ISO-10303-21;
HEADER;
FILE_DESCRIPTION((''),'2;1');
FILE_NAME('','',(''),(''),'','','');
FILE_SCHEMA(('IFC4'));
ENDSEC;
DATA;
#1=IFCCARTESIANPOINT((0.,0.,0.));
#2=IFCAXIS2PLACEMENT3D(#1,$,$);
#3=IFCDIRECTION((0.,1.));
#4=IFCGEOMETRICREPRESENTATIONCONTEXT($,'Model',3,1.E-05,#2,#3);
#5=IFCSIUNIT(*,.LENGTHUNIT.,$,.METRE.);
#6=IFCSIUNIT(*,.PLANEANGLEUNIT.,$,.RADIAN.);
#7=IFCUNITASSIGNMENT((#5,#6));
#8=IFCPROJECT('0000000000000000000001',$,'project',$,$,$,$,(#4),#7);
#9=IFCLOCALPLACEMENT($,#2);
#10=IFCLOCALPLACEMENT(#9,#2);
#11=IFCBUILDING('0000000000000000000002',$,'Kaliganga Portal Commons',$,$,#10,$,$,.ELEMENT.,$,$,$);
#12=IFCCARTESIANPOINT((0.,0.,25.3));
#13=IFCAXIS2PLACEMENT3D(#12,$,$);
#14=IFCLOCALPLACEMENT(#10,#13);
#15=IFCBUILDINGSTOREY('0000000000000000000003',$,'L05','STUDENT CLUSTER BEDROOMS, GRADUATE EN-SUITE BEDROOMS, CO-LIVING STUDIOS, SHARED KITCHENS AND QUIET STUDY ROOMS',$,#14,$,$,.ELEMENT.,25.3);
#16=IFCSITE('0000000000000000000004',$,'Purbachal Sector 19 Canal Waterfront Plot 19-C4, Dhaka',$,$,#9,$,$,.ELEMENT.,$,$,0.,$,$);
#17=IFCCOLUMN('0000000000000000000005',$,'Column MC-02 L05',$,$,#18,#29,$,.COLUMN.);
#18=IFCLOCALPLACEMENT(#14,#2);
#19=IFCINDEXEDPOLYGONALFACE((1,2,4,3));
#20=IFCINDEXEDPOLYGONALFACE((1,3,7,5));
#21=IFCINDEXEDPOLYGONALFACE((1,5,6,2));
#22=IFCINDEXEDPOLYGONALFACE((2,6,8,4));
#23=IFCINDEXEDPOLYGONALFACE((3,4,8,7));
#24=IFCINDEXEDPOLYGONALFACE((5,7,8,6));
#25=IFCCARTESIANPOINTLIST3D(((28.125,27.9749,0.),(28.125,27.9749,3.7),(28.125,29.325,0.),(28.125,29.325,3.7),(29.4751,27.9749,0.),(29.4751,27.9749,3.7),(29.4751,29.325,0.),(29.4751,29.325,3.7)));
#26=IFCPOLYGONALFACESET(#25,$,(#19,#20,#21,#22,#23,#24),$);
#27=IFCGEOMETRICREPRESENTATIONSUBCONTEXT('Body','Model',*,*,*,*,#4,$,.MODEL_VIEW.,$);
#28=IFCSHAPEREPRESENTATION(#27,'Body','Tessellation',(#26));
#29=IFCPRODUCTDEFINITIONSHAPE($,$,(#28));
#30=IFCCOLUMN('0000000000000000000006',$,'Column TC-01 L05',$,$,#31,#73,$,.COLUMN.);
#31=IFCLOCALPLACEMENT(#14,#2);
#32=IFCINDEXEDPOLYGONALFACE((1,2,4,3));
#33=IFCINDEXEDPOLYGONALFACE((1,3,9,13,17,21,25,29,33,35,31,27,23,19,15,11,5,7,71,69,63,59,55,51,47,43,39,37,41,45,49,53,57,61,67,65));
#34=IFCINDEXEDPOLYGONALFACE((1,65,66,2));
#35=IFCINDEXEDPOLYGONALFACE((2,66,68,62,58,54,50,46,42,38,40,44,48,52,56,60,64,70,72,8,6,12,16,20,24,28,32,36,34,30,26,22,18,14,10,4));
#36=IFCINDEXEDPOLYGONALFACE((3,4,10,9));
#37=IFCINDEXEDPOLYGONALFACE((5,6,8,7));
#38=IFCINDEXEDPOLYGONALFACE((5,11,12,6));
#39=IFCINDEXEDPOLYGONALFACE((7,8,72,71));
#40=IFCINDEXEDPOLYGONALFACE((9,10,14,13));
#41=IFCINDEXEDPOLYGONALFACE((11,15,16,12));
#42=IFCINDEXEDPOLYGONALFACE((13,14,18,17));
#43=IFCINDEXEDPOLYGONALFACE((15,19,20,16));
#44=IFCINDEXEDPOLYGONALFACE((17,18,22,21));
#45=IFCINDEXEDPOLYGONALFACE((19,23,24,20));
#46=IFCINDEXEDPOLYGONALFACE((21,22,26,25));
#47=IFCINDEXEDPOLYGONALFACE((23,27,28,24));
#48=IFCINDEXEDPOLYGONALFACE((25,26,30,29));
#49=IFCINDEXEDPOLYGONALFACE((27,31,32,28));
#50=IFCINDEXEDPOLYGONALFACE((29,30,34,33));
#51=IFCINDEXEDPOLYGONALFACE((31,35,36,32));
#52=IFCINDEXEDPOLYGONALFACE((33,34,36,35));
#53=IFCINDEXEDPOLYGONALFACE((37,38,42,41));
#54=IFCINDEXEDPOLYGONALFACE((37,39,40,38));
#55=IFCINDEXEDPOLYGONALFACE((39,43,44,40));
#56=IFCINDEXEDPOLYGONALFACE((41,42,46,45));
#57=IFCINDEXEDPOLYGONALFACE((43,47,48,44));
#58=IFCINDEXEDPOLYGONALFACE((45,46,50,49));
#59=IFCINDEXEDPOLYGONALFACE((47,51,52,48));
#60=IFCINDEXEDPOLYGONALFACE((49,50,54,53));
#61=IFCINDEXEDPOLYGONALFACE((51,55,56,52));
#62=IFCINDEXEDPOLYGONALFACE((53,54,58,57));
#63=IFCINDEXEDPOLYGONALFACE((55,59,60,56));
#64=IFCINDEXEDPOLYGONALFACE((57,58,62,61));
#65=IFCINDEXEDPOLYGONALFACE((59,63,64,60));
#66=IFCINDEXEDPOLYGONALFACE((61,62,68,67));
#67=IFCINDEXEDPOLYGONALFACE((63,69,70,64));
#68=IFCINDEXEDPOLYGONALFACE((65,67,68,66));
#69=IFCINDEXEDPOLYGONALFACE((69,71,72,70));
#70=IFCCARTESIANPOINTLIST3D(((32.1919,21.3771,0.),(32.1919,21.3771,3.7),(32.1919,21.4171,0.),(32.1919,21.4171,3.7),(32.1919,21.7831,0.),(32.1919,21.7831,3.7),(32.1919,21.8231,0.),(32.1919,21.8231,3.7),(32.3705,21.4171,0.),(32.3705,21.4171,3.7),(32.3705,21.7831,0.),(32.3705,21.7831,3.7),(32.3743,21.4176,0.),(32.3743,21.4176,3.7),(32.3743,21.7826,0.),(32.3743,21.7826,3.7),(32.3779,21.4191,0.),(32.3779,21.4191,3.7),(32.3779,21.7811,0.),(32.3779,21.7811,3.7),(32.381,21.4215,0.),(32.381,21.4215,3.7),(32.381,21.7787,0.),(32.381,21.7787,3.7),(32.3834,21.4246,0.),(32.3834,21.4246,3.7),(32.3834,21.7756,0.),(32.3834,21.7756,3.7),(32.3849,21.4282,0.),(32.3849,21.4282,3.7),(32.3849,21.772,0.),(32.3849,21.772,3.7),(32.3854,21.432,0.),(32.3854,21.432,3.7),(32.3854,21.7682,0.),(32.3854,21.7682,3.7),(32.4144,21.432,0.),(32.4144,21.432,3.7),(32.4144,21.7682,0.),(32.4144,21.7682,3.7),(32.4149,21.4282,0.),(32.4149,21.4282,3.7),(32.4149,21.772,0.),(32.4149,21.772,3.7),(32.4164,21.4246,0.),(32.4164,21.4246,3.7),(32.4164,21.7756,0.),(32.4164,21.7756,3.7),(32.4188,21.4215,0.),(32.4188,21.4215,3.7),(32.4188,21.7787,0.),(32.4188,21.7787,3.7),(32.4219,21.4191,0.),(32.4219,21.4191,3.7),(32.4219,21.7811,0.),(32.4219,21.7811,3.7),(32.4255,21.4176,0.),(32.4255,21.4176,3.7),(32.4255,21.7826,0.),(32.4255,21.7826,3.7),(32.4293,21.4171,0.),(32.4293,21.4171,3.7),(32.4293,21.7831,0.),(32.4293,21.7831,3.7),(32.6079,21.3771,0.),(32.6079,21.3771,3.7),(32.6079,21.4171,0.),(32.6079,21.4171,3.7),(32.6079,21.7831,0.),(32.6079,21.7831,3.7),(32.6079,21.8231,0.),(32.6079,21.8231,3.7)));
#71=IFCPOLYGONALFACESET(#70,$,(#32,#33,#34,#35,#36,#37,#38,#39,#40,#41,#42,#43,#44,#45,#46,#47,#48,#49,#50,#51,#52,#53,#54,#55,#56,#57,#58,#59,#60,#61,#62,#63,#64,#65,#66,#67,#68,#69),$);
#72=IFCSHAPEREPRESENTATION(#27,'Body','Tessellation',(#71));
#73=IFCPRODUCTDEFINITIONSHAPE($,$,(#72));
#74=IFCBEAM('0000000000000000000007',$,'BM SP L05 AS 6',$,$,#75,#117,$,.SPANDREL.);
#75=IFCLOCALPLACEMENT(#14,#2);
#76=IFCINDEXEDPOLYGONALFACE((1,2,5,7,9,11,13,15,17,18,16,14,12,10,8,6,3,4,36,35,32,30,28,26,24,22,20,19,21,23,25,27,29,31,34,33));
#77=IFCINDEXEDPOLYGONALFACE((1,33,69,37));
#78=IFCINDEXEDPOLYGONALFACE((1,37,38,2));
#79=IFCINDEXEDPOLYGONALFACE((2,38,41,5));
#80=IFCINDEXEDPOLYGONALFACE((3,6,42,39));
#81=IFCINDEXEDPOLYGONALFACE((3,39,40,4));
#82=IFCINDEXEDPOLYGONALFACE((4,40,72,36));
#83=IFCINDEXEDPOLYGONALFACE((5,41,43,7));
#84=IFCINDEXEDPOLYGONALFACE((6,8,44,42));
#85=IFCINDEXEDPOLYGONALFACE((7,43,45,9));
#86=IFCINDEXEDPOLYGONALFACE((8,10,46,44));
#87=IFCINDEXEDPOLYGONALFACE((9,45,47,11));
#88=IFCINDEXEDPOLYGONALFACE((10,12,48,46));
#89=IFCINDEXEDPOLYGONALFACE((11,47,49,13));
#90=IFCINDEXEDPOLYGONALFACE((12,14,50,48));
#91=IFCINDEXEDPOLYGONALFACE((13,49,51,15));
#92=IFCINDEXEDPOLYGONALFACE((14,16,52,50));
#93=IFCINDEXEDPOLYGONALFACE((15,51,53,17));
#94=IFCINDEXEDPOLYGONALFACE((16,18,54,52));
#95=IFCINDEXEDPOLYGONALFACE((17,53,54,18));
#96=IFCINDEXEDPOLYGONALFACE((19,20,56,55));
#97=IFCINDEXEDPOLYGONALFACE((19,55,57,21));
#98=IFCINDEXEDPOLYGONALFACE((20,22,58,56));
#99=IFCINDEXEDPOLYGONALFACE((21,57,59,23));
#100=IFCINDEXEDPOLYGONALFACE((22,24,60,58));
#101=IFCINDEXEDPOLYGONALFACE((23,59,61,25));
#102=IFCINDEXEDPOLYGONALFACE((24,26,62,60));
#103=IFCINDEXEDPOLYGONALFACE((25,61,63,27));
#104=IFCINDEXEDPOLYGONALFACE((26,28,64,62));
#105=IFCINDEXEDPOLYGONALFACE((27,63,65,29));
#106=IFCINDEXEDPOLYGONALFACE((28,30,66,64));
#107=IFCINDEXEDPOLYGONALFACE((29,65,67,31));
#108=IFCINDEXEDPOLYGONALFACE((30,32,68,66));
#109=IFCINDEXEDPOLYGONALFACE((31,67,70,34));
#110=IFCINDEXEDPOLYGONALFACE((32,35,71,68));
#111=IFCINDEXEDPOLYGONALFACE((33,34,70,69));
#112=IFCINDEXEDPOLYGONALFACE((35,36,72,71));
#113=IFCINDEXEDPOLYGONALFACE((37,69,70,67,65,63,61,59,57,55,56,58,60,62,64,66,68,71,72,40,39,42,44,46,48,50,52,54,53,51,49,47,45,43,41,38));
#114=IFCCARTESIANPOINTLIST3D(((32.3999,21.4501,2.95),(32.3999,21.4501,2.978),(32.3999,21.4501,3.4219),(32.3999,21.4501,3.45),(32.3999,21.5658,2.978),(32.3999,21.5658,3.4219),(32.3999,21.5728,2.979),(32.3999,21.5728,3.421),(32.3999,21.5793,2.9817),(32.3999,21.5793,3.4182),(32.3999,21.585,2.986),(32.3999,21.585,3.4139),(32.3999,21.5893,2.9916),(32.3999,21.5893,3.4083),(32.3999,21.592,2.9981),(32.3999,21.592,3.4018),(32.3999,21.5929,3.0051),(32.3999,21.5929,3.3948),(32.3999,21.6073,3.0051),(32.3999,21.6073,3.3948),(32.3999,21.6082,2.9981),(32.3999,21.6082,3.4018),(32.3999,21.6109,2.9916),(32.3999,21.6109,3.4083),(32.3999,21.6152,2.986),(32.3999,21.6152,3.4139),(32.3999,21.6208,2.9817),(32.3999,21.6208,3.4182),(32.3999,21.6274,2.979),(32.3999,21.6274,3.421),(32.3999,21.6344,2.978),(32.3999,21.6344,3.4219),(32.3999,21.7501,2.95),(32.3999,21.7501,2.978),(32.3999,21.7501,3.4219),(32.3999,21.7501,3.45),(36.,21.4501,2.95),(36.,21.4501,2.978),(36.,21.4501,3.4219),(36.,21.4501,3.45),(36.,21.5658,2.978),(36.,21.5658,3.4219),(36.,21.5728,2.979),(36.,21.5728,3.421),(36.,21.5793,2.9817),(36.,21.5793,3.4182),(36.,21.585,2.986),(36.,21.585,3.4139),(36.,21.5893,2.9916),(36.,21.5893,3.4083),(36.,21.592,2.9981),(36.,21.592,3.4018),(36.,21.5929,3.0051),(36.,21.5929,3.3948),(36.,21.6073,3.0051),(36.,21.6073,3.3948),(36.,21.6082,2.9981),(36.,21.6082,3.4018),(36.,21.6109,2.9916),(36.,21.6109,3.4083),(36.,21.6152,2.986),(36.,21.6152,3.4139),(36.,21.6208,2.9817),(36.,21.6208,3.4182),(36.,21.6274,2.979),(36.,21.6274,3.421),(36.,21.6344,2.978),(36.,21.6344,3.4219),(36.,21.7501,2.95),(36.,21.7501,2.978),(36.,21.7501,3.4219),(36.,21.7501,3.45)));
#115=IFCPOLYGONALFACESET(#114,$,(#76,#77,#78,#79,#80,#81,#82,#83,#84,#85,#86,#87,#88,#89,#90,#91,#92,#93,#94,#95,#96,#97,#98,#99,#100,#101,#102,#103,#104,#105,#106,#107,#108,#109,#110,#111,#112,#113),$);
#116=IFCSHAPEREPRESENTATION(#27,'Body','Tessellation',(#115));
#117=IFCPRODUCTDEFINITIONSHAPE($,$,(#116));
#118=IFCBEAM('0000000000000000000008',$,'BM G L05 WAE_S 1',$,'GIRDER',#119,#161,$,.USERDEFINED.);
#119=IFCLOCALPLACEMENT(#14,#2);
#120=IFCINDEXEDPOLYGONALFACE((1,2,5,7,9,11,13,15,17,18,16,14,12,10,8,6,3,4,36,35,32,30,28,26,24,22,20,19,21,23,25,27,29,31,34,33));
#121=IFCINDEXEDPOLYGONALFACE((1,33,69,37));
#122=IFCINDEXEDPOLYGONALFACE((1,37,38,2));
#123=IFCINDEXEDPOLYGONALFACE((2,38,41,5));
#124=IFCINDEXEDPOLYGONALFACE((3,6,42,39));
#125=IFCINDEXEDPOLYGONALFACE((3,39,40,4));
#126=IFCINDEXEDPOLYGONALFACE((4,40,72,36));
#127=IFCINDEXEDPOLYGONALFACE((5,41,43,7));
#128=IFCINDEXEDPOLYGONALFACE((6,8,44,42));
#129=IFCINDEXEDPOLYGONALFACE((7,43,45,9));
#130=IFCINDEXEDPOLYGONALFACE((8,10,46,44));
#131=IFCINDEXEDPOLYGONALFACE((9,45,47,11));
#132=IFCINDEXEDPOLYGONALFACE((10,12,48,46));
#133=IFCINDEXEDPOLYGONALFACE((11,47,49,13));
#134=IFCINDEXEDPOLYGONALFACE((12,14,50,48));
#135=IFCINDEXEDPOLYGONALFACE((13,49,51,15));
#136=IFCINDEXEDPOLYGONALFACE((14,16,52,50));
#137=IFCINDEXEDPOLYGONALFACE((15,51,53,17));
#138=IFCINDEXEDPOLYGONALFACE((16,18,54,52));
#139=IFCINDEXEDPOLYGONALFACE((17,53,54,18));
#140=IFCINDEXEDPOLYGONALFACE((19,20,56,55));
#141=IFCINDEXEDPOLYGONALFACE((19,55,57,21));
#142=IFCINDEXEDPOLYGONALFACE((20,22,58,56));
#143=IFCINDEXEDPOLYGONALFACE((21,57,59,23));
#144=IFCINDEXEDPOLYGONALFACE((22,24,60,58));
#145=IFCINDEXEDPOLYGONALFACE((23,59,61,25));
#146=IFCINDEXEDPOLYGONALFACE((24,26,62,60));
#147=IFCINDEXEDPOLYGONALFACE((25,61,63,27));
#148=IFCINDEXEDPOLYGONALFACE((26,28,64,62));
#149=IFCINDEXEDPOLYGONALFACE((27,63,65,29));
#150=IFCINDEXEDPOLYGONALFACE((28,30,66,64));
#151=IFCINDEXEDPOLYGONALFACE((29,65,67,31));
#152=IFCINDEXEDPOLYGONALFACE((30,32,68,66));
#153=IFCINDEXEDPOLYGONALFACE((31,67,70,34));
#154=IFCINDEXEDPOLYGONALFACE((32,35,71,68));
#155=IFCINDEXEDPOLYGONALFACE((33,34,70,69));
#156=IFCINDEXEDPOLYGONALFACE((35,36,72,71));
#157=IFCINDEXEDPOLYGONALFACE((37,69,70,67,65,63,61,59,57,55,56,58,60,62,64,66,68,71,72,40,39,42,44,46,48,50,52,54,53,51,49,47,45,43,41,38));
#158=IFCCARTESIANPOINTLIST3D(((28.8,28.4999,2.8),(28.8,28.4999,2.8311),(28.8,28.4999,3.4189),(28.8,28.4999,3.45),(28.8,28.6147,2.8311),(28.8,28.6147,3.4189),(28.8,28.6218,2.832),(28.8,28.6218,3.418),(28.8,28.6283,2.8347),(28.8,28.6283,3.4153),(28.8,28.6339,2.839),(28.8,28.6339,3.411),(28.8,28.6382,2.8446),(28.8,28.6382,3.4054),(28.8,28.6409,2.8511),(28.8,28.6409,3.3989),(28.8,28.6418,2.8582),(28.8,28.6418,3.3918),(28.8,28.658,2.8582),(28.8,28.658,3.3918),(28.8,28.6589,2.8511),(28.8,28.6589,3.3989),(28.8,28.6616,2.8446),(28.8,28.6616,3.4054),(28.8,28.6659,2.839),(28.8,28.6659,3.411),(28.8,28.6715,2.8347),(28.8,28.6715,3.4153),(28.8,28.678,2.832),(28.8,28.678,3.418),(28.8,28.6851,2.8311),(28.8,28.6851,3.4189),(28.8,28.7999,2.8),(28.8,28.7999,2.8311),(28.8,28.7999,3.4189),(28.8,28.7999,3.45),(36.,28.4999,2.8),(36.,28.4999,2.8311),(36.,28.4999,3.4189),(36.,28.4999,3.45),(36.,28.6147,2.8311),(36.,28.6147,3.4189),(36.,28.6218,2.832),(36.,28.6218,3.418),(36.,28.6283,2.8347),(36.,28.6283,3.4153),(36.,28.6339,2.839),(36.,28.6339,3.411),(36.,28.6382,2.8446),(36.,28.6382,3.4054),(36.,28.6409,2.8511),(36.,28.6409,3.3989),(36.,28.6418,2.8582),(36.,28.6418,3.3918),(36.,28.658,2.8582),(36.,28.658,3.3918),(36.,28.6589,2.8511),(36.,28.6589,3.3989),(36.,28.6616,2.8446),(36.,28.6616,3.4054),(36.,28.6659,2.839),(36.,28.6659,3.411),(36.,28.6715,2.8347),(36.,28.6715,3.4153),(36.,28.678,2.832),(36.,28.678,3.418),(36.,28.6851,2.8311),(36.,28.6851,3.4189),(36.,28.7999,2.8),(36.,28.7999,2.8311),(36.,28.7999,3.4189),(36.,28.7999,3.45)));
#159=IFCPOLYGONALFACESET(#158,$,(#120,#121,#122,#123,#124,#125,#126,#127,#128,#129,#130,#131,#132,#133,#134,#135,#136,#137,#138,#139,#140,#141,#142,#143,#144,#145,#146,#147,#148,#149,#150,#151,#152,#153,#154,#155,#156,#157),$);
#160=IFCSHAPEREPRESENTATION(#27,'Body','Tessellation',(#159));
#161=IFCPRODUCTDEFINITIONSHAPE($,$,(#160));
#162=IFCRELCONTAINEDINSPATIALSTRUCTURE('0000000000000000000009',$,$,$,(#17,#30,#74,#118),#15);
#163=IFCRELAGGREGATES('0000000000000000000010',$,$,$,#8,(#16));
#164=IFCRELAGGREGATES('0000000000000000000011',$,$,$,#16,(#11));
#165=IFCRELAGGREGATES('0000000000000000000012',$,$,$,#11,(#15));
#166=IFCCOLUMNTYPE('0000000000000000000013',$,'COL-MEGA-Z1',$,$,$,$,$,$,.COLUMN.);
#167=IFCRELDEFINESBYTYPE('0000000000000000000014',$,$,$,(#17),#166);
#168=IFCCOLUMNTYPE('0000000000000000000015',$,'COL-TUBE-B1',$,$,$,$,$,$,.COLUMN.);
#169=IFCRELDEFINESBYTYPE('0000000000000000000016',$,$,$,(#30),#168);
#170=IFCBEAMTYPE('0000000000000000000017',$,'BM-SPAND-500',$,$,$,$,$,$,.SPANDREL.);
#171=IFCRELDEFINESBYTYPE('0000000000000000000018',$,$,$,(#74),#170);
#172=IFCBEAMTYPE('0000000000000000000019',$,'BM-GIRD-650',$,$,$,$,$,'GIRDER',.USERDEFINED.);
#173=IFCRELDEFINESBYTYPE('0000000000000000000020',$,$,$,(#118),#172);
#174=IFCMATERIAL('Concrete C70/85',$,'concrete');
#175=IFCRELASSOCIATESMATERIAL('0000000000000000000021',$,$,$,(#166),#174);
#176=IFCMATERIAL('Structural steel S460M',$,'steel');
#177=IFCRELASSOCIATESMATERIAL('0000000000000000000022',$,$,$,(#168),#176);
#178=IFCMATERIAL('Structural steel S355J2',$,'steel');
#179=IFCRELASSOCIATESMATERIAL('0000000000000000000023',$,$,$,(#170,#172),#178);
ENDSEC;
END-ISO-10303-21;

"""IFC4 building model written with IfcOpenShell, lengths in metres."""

from ifc_helpers import new_model, si_unit, direction, frame, origin, origin_2d, place, context, subcontext, project, spatial, rectangle, i_section, extrude, source, transform, mapped, material, material_profile, profile_set, type_object, element, save


model = new_model("IFC4")

# Units and contexts
model_context = context("Model", 3, precision=1e-05, world=origin(), true_north=direction((0.0, 1.0)))
body_context = subcontext(model_context, "Body", "Model", "MODEL_VIEW")
ifc_project = project(units=[si_unit("LENGTHUNIT", "METRE"), si_unit("PLANEANGLEUNIT", "RADIAN")], contexts=[model_context])

# Site, building, storey
site_placement = place(None, origin())
site = spatial("IfcSite", under=ifc_project, at=site_placement, Name="Purbachal Sector 19 Canal Waterfront Plot 19-C4, Dhaka", CompositionType="ELEMENT", RefElevation=0.0)
building_placement = place(site_placement, origin())
building = spatial("IfcBuilding", under=site, at=building_placement, Name="Kaliganga Portal Commons", CompositionType="ELEMENT")
storey_placement = place(building_placement, frame((0.0, 0.0, 25.3)))
storey = spatial("IfcBuildingStorey", under=building, at=storey_placement, Name="L05", Description="STUDENT CLUSTER BEDROOMS, GRADUATE EN-SUITE BEDROOMS, CO-LIVING STUDIOS, SHARED KITCHENS AND QUIET STUDY ROOMS", CompositionType="ELEMENT", Elevation=25.3)

# Columns
ifc_material_1 = material(Name="Concrete C70/85", Category="concrete")
ifc_material_profile_1 = material_profile(ifc_material_1, rectangle(XDim=1.3501, YDim=1.3501, at=origin_2d()), Name="RC 1350x1350")
ifc_profile_set_1 = profile_set([ifc_material_profile_1], Name="Concrete C70/85")
column_type_1 = type_object("IfcColumnType", Name="COL-MEGA-Z1", PredefinedType="COLUMN", material=ifc_profile_set_1)
shared_shape_1 = source(origin(), body_context, "Body", "SweptSolid", [
    extrude(rectangle(XDim=1.3501, YDim=1.3501, at=origin_2d()), origin(), (0.0, 0.0, 1.0), 3.7),
])
column_1_placement = place(storey_placement, frame((28.8, 28.6499, 0.0), z_axis=(0.0, 0.0, 1.0), x_axis=(1.0, 0.0, 0.0)))
element("IfcColumn", 1, at=column_1_placement, inside=storey, type_object=column_type_1, Name="Column MC-02 L05", PredefinedType="COLUMN", context=body_context, shape_type="MappedRepresentation", body=[
    mapped(shared_shape_1, transform((0.0, 0.0, 0.0), x_axis=(1.0, 0.0, 0.0), y_axis=(0.0, 1.0, 0.0), z_axis=(0.0, 0.0, 1.0), scale=1.0)),
])
ifc_material_2 = material(Name="Structural steel S460M", Category="steel")
ifc_material_profile_2 = material_profile(ifc_material_2, i_section(OverallWidth=0.416, OverallDepth=0.446, WebThickness=0.0291, FlangeThickness=0.04, FilletRadius=0.0149, at=origin_2d()), Name="HD 400x509")
ifc_profile_set_2 = profile_set([ifc_material_profile_2], Name="Structural steel S460M wide-flange")
column_type_2 = type_object("IfcColumnType", Name="COL-TUBE-B1", PredefinedType="COLUMN", material=ifc_profile_set_2)
shared_shape_2 = source(origin(), body_context, "Body", "SweptSolid", [
    extrude(i_section(OverallWidth=0.416, OverallDepth=0.446, WebThickness=0.0291, FlangeThickness=0.04, FilletRadius=0.0149, at=origin_2d()), origin(), (0.0, 0.0, 1.0), 3.7),
])
column_2_placement = place(storey_placement, frame((32.3999, 21.6001, 0.0), z_axis=(0.0, 0.0, 1.0), x_axis=(1.0, 0.0, 0.0)))
element("IfcColumn", 2, at=column_2_placement, inside=storey, type_object=column_type_2, Name="Column TC-01 L05", PredefinedType="COLUMN", context=body_context, shape_type="MappedRepresentation", body=[
    mapped(shared_shape_2, transform((0.0, 0.0, 0.0), x_axis=(1.0, 0.0, 0.0), y_axis=(0.0, 1.0, 0.0), z_axis=(0.0, 0.0, 1.0), scale=1.0)),
])

# Beams
ifc_material_3 = material(Name="Structural steel S355J2", Category="steel")
ifc_material_profile_3 = material_profile(ifc_material_3, i_section(OverallWidth=0.3, OverallDepth=0.5, WebThickness=0.0144, FlangeThickness=0.0281, FilletRadius=0.0271, at=origin_2d()), Name="HE 500 B")
ifc_profile_set_3 = profile_set([ifc_material_profile_3], Name="Structural steel S355J2 wide-flange")
beam_type_1 = type_object("IfcBeamType", Name="BM-SPAND-500", PredefinedType="SPANDREL", material=ifc_profile_set_3)
shared_shape_3 = source(origin(), body_context, "Body", "SweptSolid", [
    extrude(i_section(OverallWidth=0.3, OverallDepth=0.5, WebThickness=0.0144, FlangeThickness=0.0281, FilletRadius=0.0271, at=origin_2d()), origin(), (0.0, 0.0, 1.0), 3.6001),
])
beam_1_placement = place(storey_placement, frame((32.3999, 21.6001, 3.2), z_axis=(1.0, 0.0, 0.0), x_axis=(0.0, 1.0, 0.0)))
element("IfcBeam", 3, at=beam_1_placement, inside=storey, type_object=beam_type_1, Name="BM SP L05 AS 6", PredefinedType="SPANDREL", context=body_context, shape_type="MappedRepresentation", body=[
    mapped(shared_shape_3, transform((0.0, 0.0, 0.0), x_axis=(1.0, 0.0, 0.0), y_axis=(0.0, 1.0, 0.0), z_axis=(0.0, 0.0, 1.0), scale=1.0)),
])
ifc_material_profile_4 = material_profile(ifc_material_3, i_section(OverallWidth=0.3, OverallDepth=0.6499, WebThickness=0.0161, FlangeThickness=0.031, FilletRadius=0.0271, at=origin_2d()), Name="HE 650 B")
ifc_profile_set_4 = profile_set([ifc_material_profile_4], Name="Structural steel S355J2 wide-flange")
beam_type_2 = type_object("IfcBeamType", Name="BM-GIRD-650", ElementType="GIRDER", PredefinedType="USERDEFINED", material=ifc_profile_set_4)
shared_shape_4 = source(origin(), body_context, "Body", "SweptSolid", [
    extrude(i_section(OverallWidth=0.3, OverallDepth=0.6499, WebThickness=0.0161, FlangeThickness=0.031, FilletRadius=0.0271, at=origin_2d()), origin(), (0.0, 0.0, 1.0), 7.2),
])
beam_2_placement = place(storey_placement, frame((28.8, 28.6499, 3.125), z_axis=(1.0, 0.0, 0.0), x_axis=(0.0, 1.0, 0.0)))
element("IfcBeam", 4, at=beam_2_placement, inside=storey, type_object=beam_type_2, Name="BM G L05 WAE_S 1", ObjectType="GIRDER", PredefinedType="USERDEFINED", context=body_context, shape_type="MappedRepresentation", body=[
    mapped(shared_shape_4, transform((0.0, 0.0, 0.0), x_axis=(1.0, 0.0, 0.0), y_axis=(0.0, 1.0, 0.0), z_axis=(0.0, 0.0, 1.0), scale=1.0)),
])

save(model, "model.ifc")
